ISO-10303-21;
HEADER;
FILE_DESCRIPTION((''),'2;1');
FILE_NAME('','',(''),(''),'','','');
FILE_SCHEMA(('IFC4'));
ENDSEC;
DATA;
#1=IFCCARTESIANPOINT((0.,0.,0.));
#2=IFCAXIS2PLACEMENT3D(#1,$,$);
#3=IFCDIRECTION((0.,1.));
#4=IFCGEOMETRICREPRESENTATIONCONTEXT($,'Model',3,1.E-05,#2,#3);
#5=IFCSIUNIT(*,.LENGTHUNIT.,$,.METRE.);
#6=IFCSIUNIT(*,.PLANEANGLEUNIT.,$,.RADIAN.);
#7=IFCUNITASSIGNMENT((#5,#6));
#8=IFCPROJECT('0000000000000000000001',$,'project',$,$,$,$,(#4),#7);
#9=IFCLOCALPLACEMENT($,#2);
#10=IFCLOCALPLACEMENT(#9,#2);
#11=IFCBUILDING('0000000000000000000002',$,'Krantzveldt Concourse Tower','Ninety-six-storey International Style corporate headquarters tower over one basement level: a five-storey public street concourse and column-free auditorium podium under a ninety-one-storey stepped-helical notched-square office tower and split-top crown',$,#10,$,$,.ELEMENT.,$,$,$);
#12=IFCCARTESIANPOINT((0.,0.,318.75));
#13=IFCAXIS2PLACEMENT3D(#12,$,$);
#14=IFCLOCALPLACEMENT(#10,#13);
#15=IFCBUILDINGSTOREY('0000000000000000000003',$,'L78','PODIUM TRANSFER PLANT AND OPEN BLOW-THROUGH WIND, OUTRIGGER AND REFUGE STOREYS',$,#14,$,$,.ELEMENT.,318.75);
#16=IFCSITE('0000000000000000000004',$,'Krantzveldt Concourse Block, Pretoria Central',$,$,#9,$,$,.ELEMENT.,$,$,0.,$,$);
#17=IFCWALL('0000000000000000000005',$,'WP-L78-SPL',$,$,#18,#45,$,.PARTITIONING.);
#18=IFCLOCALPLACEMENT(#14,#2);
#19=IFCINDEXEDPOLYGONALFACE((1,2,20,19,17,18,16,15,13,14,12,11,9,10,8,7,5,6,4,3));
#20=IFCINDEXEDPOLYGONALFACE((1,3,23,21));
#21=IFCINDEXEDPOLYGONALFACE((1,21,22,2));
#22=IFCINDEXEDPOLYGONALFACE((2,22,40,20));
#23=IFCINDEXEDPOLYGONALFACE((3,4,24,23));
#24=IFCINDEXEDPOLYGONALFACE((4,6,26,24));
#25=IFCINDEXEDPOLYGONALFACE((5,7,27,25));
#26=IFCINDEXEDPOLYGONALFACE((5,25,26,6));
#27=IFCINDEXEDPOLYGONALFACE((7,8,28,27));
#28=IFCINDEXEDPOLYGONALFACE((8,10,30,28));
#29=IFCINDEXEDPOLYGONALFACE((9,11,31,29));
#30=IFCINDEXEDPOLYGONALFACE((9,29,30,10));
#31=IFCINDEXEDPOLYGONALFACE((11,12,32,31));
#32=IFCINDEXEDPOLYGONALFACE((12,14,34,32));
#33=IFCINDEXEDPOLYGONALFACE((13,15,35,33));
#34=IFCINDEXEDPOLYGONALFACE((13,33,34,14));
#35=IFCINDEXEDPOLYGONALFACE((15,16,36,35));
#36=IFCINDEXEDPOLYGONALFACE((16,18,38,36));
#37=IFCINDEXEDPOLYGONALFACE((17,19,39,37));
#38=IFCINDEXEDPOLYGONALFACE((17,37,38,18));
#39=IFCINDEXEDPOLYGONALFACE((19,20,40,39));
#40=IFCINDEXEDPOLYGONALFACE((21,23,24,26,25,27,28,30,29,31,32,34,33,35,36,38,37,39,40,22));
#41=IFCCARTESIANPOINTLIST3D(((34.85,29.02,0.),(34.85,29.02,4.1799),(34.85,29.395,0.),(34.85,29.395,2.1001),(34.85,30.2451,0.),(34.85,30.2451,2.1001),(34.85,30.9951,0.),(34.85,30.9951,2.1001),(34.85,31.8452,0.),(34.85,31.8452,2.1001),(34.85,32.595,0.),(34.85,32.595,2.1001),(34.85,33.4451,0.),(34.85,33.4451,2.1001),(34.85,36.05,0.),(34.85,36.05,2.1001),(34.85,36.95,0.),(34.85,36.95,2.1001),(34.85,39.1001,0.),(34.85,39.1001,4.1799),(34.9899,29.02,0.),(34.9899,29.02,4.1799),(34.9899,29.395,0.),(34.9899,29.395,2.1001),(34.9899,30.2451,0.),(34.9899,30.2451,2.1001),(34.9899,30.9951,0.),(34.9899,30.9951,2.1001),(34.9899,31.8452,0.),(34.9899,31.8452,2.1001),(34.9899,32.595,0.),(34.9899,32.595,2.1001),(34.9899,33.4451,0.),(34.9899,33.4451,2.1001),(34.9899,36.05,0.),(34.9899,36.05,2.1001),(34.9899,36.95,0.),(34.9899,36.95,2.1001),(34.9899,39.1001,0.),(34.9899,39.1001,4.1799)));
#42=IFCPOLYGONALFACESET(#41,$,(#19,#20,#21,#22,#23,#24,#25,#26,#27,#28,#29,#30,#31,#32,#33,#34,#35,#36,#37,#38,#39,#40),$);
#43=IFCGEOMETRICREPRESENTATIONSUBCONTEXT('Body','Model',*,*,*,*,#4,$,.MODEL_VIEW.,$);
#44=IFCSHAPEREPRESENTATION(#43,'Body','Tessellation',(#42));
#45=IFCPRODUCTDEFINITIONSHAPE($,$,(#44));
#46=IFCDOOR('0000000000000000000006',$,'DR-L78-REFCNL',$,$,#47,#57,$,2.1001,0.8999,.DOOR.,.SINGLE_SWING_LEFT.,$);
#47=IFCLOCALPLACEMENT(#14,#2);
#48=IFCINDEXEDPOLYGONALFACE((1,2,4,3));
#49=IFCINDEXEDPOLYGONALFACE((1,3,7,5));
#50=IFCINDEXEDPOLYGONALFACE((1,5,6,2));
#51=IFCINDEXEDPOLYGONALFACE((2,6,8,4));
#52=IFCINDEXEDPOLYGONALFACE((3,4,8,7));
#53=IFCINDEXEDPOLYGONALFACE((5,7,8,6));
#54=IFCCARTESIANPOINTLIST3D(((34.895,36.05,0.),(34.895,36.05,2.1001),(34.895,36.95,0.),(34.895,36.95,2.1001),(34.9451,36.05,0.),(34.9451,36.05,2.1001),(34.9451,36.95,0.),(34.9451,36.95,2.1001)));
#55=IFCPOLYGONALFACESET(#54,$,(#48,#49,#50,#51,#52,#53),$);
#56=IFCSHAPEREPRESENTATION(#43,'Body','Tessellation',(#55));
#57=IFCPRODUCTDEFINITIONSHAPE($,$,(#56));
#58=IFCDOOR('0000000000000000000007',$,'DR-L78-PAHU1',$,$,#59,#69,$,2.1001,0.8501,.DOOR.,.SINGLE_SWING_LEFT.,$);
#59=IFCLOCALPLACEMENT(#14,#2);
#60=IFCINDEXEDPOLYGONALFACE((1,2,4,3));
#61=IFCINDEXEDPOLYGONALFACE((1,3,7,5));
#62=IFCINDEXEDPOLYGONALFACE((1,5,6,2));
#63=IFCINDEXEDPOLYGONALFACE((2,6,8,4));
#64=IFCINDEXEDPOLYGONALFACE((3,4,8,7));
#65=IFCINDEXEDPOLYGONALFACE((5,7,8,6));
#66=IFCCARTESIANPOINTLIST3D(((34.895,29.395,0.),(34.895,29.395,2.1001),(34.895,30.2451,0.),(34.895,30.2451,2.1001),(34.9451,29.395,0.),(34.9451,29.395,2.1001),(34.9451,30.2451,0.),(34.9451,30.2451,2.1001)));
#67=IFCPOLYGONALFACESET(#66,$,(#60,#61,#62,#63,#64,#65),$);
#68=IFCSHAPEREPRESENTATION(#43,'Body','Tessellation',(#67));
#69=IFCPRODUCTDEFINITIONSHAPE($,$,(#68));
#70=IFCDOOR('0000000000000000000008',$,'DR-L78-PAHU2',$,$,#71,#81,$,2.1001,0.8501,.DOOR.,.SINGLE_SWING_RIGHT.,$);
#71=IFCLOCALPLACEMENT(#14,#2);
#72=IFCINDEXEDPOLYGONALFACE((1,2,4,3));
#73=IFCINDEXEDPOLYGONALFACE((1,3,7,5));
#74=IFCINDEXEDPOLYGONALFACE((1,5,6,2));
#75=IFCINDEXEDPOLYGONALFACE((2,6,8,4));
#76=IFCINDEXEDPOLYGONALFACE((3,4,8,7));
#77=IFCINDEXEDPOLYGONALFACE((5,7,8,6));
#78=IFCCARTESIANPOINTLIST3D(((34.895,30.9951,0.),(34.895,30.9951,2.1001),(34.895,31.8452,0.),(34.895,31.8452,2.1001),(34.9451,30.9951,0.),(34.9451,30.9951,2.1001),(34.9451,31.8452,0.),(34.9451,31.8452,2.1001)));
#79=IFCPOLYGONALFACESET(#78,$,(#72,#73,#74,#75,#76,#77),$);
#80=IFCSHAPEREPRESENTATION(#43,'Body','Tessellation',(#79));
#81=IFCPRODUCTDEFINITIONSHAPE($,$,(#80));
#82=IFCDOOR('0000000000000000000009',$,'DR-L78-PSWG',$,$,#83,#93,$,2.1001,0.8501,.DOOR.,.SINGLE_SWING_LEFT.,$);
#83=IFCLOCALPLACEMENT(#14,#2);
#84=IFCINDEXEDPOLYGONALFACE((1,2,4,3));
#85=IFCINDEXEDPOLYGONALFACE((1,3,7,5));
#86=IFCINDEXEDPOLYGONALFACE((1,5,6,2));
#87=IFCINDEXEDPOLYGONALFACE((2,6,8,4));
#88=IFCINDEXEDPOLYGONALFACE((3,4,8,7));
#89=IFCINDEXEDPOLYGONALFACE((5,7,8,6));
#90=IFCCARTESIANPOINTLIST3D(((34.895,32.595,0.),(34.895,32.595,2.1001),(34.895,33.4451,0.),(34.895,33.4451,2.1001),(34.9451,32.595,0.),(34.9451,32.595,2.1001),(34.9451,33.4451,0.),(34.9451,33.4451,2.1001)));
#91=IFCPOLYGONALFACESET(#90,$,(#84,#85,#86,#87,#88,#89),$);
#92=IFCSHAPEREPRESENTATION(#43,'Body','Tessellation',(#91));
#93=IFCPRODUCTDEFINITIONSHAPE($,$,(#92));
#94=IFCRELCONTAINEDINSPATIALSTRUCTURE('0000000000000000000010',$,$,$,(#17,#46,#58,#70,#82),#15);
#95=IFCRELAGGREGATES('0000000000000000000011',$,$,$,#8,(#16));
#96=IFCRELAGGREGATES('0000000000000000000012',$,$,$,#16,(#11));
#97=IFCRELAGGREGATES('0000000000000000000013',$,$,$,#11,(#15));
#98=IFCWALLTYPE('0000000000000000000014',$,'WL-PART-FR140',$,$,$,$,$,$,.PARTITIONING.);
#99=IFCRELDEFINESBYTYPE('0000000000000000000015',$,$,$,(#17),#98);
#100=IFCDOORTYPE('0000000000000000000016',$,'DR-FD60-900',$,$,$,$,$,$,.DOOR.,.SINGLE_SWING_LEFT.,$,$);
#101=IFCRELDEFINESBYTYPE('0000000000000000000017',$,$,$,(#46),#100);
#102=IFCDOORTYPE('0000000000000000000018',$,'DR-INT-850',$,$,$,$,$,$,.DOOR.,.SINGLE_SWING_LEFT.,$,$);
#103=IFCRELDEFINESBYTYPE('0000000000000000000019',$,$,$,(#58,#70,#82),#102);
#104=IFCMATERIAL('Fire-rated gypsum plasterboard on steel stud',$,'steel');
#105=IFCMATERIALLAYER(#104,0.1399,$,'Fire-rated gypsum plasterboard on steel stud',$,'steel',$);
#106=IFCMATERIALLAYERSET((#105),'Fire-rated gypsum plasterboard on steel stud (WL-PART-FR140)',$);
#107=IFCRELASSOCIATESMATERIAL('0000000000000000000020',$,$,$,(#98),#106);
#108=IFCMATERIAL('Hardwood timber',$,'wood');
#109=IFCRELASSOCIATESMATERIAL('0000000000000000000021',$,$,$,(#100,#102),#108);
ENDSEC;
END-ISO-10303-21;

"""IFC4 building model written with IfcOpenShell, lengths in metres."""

from ifc_helpers import new_model, si_unit, direction, frame, frame_2d, origin, place, context, subcontext, project, spatial, rectangle, extrude, material, layer, layer_set, type_object, element, fill, save


model = new_model("IFC4")

# Units and contexts
model_context = context("Model", 3, precision=1e-05, world=origin(), true_north=direction((0.0, 1.0)))
body_context = subcontext(model_context, "Body", "Model", "MODEL_VIEW")
ifc_project = project(units=[si_unit("LENGTHUNIT", "METRE"), si_unit("PLANEANGLEUNIT", "RADIAN")], contexts=[model_context])

# Site, building, storey
site_placement = place(None, origin())
site = spatial("IfcSite", under=ifc_project, at=site_placement, Name="Krantzveldt Concourse Block, Pretoria Central", CompositionType="ELEMENT", RefElevation=0.0)
building_placement = place(site_placement, origin())
building = spatial("IfcBuilding", under=site, at=building_placement, Name="Krantzveldt Concourse Tower", Description="Ninety-six-storey International Style corporate headquarters tower over one basement level: a five-storey public street concourse and column-free auditorium podium under a ninety-one-storey stepped-helical notched-square office tower and split-top crown", CompositionType="ELEMENT")
storey_placement = place(building_placement, frame((0.0, 0.0, 318.75)))
storey = spatial("IfcBuildingStorey", under=building, at=storey_placement, Name="L78", Description="PODIUM TRANSFER PLANT AND OPEN BLOW-THROUGH WIND, OUTRIGGER AND REFUGE STOREYS", CompositionType="ELEMENT", Elevation=318.75)

# Wall, openings, doors
ifc_material_1 = material(Name="Fire-rated gypsum plasterboard on steel stud", Category="steel")
ifc_layer_1 = layer(ifc_material_1, 0.1399, Name="Fire-rated gypsum plasterboard on steel stud", Category="steel")
ifc_layer_set_1 = layer_set([ifc_layer_1], Name="Fire-rated gypsum plasterboard on steel stud (WL-PART-FR140)")
wall_type_1 = type_object("IfcWallType", Name="WL-PART-FR140", PredefinedType="PARTITIONING", material=ifc_layer_set_1)
wall_1_placement = place(storey_placement, frame((34.9199, 29.02, 0.0), z_axis=(0.0, 0.0, 1.0), x_axis=(0.0, 1.0, 0.0)))
wall_1 = element("IfcWall", 1, at=wall_1_placement, inside=storey, type_object=wall_type_1, Name="WP-L78-SPL", PredefinedType="PARTITIONING", context=body_context, shape_type="SweptSolid", body=[
    extrude(rectangle(XDim=10.0801, YDim=0.1399, at=frame_2d((5.04, 0.0))), origin(), (0.0, 0.0, 1.0), 4.1799),
])
opening_1_placement = place(wall_1_placement, frame((7.03, 0.0, 0.0)))
opening_1 = element("IfcOpeningElement", 2, at=opening_1_placement, cuts=wall_1, PredefinedType="OPENING", context=body_context, shape_type="SweptSolid", body=[
    extrude(rectangle(XDim=0.8999, YDim=2.1001, at=frame_2d((0.45, 1.05))), frame((0.0, 0.0801, 0.0), z_axis=(0.0, -1.0, 0.0), x_axis=(1.0, 0.0, 0.0)), (0.0, 0.0, 1.0), 0.1599),
])
opening_2_placement = place(wall_1_placement, frame((0.375, 0.0, 0.0)))
opening_2 = element("IfcOpeningElement", 3, at=opening_2_placement, cuts=wall_1, PredefinedType="OPENING", context=body_context, shape_type="SweptSolid", body=[
    extrude(rectangle(XDim=0.8501, YDim=2.1001, at=frame_2d((0.425, 1.05))), frame((0.0, 0.0801, 0.0), z_axis=(0.0, -1.0, 0.0), x_axis=(1.0, 0.0, 0.0)), (0.0, 0.0, 1.0), 0.1599),
])
opening_3_placement = place(wall_1_placement, frame((1.9751, 0.0, 0.0)))
opening_3 = element("IfcOpeningElement", 4, at=opening_3_placement, cuts=wall_1, PredefinedType="OPENING", context=body_context, shape_type="SweptSolid", body=[
    extrude(rectangle(XDim=0.8501, YDim=2.1001, at=frame_2d((0.425, 1.05))), frame((0.0, 0.0801, 0.0), z_axis=(0.0, -1.0, 0.0), x_axis=(1.0, 0.0, 0.0)), (0.0, 0.0, 1.0), 0.1599),
])
opening_4_placement = place(wall_1_placement, frame((3.575, 0.0, 0.0)))
opening_4 = element("IfcOpeningElement", 5, at=opening_4_placement, cuts=wall_1, PredefinedType="OPENING", context=body_context, shape_type="SweptSolid", body=[
    extrude(rectangle(XDim=0.8501, YDim=2.1001, at=frame_2d((0.425, 1.05))), frame((0.0, 0.0801, 0.0), z_axis=(0.0, -1.0, 0.0), x_axis=(1.0, 0.0, 0.0)), (0.0, 0.0, 1.0), 0.1599),
])
ifc_material_2 = material(Name="Hardwood timber", Category="wood")
door_type_1 = type_object("IfcDoorType", Name="DR-FD60-900", OperationType="SINGLE_SWING_LEFT", PredefinedType="DOOR", material=ifc_material_2)
door_1_placement = place(opening_1_placement, origin())
door_1 = element("IfcDoor", 6, at=door_1_placement, inside=storey, type_object=door_type_1, Name="DR-L78-REFCNL", OperationType="SINGLE_SWING_LEFT", OverallHeight=2.1001, OverallWidth=0.8999, PredefinedType="DOOR", context=body_context, shape_type="SweptSolid", body=[
    extrude(rectangle(XDim=0.8999, YDim=2.1001, at=frame_2d((0.45, 1.05))), frame((0.0, 0.0249, 0.0), z_axis=(0.0, -1.0, 0.0), x_axis=(1.0, 0.0, 0.0)), (0.0, 0.0, 1.0), 0.05),
])
fill(opening_1, door_1)
door_type_2 = type_object("IfcDoorType", Name="DR-INT-850", OperationType="SINGLE_SWING_LEFT", PredefinedType="DOOR", material=ifc_material_2)
door_2_placement = place(opening_2_placement, origin())
door_2 = element("IfcDoor", 7, at=door_2_placement, inside=storey, type_object=door_type_2, Name="DR-L78-PAHU1", OperationType="SINGLE_SWING_LEFT", OverallHeight=2.1001, OverallWidth=0.8501, PredefinedType="DOOR", context=body_context, shape_type="SweptSolid", body=[
    extrude(rectangle(XDim=0.8501, YDim=2.1001, at=frame_2d((0.425, 1.05))), frame((0.0, 0.0249, 0.0), z_axis=(0.0, -1.0, 0.0), x_axis=(1.0, 0.0, 0.0)), (0.0, 0.0, 1.0), 0.05),
])
fill(opening_2, door_2)
door_3_placement = place(opening_3_placement, origin())
door_3 = element("IfcDoor", 8, at=door_3_placement, inside=storey, type_object=door_type_2, Name="DR-L78-PAHU2", OperationType="SINGLE_SWING_RIGHT", OverallHeight=2.1001, OverallWidth=0.8501, PredefinedType="DOOR", context=body_context, shape_type="SweptSolid", body=[
    extrude(rectangle(XDim=0.8501, YDim=2.1001, at=frame_2d((0.425, 1.05))), frame((0.0, 0.0249, 0.0), z_axis=(0.0, -1.0, 0.0), x_axis=(1.0, 0.0, 0.0)), (0.0, 0.0, 1.0), 0.05),
])
fill(opening_3, door_3)
door_4_placement = place(opening_4_placement, origin())
door_4 = element("IfcDoor", 9, at=door_4_placement, inside=storey, type_object=door_type_2, Name="DR-L78-PSWG", OperationType="SINGLE_SWING_LEFT", OverallHeight=2.1001, OverallWidth=0.8501, PredefinedType="DOOR", context=body_context, shape_type="SweptSolid", body=[
    extrude(rectangle(XDim=0.8501, YDim=2.1001, at=frame_2d((0.425, 1.05))), frame((0.0, 0.0249, 0.0), z_axis=(0.0, -1.0, 0.0), x_axis=(1.0, 0.0, 0.0)), (0.0, 0.0, 1.0), 0.05),
])
fill(opening_4, door_4)

save(model, "model.ifc")
